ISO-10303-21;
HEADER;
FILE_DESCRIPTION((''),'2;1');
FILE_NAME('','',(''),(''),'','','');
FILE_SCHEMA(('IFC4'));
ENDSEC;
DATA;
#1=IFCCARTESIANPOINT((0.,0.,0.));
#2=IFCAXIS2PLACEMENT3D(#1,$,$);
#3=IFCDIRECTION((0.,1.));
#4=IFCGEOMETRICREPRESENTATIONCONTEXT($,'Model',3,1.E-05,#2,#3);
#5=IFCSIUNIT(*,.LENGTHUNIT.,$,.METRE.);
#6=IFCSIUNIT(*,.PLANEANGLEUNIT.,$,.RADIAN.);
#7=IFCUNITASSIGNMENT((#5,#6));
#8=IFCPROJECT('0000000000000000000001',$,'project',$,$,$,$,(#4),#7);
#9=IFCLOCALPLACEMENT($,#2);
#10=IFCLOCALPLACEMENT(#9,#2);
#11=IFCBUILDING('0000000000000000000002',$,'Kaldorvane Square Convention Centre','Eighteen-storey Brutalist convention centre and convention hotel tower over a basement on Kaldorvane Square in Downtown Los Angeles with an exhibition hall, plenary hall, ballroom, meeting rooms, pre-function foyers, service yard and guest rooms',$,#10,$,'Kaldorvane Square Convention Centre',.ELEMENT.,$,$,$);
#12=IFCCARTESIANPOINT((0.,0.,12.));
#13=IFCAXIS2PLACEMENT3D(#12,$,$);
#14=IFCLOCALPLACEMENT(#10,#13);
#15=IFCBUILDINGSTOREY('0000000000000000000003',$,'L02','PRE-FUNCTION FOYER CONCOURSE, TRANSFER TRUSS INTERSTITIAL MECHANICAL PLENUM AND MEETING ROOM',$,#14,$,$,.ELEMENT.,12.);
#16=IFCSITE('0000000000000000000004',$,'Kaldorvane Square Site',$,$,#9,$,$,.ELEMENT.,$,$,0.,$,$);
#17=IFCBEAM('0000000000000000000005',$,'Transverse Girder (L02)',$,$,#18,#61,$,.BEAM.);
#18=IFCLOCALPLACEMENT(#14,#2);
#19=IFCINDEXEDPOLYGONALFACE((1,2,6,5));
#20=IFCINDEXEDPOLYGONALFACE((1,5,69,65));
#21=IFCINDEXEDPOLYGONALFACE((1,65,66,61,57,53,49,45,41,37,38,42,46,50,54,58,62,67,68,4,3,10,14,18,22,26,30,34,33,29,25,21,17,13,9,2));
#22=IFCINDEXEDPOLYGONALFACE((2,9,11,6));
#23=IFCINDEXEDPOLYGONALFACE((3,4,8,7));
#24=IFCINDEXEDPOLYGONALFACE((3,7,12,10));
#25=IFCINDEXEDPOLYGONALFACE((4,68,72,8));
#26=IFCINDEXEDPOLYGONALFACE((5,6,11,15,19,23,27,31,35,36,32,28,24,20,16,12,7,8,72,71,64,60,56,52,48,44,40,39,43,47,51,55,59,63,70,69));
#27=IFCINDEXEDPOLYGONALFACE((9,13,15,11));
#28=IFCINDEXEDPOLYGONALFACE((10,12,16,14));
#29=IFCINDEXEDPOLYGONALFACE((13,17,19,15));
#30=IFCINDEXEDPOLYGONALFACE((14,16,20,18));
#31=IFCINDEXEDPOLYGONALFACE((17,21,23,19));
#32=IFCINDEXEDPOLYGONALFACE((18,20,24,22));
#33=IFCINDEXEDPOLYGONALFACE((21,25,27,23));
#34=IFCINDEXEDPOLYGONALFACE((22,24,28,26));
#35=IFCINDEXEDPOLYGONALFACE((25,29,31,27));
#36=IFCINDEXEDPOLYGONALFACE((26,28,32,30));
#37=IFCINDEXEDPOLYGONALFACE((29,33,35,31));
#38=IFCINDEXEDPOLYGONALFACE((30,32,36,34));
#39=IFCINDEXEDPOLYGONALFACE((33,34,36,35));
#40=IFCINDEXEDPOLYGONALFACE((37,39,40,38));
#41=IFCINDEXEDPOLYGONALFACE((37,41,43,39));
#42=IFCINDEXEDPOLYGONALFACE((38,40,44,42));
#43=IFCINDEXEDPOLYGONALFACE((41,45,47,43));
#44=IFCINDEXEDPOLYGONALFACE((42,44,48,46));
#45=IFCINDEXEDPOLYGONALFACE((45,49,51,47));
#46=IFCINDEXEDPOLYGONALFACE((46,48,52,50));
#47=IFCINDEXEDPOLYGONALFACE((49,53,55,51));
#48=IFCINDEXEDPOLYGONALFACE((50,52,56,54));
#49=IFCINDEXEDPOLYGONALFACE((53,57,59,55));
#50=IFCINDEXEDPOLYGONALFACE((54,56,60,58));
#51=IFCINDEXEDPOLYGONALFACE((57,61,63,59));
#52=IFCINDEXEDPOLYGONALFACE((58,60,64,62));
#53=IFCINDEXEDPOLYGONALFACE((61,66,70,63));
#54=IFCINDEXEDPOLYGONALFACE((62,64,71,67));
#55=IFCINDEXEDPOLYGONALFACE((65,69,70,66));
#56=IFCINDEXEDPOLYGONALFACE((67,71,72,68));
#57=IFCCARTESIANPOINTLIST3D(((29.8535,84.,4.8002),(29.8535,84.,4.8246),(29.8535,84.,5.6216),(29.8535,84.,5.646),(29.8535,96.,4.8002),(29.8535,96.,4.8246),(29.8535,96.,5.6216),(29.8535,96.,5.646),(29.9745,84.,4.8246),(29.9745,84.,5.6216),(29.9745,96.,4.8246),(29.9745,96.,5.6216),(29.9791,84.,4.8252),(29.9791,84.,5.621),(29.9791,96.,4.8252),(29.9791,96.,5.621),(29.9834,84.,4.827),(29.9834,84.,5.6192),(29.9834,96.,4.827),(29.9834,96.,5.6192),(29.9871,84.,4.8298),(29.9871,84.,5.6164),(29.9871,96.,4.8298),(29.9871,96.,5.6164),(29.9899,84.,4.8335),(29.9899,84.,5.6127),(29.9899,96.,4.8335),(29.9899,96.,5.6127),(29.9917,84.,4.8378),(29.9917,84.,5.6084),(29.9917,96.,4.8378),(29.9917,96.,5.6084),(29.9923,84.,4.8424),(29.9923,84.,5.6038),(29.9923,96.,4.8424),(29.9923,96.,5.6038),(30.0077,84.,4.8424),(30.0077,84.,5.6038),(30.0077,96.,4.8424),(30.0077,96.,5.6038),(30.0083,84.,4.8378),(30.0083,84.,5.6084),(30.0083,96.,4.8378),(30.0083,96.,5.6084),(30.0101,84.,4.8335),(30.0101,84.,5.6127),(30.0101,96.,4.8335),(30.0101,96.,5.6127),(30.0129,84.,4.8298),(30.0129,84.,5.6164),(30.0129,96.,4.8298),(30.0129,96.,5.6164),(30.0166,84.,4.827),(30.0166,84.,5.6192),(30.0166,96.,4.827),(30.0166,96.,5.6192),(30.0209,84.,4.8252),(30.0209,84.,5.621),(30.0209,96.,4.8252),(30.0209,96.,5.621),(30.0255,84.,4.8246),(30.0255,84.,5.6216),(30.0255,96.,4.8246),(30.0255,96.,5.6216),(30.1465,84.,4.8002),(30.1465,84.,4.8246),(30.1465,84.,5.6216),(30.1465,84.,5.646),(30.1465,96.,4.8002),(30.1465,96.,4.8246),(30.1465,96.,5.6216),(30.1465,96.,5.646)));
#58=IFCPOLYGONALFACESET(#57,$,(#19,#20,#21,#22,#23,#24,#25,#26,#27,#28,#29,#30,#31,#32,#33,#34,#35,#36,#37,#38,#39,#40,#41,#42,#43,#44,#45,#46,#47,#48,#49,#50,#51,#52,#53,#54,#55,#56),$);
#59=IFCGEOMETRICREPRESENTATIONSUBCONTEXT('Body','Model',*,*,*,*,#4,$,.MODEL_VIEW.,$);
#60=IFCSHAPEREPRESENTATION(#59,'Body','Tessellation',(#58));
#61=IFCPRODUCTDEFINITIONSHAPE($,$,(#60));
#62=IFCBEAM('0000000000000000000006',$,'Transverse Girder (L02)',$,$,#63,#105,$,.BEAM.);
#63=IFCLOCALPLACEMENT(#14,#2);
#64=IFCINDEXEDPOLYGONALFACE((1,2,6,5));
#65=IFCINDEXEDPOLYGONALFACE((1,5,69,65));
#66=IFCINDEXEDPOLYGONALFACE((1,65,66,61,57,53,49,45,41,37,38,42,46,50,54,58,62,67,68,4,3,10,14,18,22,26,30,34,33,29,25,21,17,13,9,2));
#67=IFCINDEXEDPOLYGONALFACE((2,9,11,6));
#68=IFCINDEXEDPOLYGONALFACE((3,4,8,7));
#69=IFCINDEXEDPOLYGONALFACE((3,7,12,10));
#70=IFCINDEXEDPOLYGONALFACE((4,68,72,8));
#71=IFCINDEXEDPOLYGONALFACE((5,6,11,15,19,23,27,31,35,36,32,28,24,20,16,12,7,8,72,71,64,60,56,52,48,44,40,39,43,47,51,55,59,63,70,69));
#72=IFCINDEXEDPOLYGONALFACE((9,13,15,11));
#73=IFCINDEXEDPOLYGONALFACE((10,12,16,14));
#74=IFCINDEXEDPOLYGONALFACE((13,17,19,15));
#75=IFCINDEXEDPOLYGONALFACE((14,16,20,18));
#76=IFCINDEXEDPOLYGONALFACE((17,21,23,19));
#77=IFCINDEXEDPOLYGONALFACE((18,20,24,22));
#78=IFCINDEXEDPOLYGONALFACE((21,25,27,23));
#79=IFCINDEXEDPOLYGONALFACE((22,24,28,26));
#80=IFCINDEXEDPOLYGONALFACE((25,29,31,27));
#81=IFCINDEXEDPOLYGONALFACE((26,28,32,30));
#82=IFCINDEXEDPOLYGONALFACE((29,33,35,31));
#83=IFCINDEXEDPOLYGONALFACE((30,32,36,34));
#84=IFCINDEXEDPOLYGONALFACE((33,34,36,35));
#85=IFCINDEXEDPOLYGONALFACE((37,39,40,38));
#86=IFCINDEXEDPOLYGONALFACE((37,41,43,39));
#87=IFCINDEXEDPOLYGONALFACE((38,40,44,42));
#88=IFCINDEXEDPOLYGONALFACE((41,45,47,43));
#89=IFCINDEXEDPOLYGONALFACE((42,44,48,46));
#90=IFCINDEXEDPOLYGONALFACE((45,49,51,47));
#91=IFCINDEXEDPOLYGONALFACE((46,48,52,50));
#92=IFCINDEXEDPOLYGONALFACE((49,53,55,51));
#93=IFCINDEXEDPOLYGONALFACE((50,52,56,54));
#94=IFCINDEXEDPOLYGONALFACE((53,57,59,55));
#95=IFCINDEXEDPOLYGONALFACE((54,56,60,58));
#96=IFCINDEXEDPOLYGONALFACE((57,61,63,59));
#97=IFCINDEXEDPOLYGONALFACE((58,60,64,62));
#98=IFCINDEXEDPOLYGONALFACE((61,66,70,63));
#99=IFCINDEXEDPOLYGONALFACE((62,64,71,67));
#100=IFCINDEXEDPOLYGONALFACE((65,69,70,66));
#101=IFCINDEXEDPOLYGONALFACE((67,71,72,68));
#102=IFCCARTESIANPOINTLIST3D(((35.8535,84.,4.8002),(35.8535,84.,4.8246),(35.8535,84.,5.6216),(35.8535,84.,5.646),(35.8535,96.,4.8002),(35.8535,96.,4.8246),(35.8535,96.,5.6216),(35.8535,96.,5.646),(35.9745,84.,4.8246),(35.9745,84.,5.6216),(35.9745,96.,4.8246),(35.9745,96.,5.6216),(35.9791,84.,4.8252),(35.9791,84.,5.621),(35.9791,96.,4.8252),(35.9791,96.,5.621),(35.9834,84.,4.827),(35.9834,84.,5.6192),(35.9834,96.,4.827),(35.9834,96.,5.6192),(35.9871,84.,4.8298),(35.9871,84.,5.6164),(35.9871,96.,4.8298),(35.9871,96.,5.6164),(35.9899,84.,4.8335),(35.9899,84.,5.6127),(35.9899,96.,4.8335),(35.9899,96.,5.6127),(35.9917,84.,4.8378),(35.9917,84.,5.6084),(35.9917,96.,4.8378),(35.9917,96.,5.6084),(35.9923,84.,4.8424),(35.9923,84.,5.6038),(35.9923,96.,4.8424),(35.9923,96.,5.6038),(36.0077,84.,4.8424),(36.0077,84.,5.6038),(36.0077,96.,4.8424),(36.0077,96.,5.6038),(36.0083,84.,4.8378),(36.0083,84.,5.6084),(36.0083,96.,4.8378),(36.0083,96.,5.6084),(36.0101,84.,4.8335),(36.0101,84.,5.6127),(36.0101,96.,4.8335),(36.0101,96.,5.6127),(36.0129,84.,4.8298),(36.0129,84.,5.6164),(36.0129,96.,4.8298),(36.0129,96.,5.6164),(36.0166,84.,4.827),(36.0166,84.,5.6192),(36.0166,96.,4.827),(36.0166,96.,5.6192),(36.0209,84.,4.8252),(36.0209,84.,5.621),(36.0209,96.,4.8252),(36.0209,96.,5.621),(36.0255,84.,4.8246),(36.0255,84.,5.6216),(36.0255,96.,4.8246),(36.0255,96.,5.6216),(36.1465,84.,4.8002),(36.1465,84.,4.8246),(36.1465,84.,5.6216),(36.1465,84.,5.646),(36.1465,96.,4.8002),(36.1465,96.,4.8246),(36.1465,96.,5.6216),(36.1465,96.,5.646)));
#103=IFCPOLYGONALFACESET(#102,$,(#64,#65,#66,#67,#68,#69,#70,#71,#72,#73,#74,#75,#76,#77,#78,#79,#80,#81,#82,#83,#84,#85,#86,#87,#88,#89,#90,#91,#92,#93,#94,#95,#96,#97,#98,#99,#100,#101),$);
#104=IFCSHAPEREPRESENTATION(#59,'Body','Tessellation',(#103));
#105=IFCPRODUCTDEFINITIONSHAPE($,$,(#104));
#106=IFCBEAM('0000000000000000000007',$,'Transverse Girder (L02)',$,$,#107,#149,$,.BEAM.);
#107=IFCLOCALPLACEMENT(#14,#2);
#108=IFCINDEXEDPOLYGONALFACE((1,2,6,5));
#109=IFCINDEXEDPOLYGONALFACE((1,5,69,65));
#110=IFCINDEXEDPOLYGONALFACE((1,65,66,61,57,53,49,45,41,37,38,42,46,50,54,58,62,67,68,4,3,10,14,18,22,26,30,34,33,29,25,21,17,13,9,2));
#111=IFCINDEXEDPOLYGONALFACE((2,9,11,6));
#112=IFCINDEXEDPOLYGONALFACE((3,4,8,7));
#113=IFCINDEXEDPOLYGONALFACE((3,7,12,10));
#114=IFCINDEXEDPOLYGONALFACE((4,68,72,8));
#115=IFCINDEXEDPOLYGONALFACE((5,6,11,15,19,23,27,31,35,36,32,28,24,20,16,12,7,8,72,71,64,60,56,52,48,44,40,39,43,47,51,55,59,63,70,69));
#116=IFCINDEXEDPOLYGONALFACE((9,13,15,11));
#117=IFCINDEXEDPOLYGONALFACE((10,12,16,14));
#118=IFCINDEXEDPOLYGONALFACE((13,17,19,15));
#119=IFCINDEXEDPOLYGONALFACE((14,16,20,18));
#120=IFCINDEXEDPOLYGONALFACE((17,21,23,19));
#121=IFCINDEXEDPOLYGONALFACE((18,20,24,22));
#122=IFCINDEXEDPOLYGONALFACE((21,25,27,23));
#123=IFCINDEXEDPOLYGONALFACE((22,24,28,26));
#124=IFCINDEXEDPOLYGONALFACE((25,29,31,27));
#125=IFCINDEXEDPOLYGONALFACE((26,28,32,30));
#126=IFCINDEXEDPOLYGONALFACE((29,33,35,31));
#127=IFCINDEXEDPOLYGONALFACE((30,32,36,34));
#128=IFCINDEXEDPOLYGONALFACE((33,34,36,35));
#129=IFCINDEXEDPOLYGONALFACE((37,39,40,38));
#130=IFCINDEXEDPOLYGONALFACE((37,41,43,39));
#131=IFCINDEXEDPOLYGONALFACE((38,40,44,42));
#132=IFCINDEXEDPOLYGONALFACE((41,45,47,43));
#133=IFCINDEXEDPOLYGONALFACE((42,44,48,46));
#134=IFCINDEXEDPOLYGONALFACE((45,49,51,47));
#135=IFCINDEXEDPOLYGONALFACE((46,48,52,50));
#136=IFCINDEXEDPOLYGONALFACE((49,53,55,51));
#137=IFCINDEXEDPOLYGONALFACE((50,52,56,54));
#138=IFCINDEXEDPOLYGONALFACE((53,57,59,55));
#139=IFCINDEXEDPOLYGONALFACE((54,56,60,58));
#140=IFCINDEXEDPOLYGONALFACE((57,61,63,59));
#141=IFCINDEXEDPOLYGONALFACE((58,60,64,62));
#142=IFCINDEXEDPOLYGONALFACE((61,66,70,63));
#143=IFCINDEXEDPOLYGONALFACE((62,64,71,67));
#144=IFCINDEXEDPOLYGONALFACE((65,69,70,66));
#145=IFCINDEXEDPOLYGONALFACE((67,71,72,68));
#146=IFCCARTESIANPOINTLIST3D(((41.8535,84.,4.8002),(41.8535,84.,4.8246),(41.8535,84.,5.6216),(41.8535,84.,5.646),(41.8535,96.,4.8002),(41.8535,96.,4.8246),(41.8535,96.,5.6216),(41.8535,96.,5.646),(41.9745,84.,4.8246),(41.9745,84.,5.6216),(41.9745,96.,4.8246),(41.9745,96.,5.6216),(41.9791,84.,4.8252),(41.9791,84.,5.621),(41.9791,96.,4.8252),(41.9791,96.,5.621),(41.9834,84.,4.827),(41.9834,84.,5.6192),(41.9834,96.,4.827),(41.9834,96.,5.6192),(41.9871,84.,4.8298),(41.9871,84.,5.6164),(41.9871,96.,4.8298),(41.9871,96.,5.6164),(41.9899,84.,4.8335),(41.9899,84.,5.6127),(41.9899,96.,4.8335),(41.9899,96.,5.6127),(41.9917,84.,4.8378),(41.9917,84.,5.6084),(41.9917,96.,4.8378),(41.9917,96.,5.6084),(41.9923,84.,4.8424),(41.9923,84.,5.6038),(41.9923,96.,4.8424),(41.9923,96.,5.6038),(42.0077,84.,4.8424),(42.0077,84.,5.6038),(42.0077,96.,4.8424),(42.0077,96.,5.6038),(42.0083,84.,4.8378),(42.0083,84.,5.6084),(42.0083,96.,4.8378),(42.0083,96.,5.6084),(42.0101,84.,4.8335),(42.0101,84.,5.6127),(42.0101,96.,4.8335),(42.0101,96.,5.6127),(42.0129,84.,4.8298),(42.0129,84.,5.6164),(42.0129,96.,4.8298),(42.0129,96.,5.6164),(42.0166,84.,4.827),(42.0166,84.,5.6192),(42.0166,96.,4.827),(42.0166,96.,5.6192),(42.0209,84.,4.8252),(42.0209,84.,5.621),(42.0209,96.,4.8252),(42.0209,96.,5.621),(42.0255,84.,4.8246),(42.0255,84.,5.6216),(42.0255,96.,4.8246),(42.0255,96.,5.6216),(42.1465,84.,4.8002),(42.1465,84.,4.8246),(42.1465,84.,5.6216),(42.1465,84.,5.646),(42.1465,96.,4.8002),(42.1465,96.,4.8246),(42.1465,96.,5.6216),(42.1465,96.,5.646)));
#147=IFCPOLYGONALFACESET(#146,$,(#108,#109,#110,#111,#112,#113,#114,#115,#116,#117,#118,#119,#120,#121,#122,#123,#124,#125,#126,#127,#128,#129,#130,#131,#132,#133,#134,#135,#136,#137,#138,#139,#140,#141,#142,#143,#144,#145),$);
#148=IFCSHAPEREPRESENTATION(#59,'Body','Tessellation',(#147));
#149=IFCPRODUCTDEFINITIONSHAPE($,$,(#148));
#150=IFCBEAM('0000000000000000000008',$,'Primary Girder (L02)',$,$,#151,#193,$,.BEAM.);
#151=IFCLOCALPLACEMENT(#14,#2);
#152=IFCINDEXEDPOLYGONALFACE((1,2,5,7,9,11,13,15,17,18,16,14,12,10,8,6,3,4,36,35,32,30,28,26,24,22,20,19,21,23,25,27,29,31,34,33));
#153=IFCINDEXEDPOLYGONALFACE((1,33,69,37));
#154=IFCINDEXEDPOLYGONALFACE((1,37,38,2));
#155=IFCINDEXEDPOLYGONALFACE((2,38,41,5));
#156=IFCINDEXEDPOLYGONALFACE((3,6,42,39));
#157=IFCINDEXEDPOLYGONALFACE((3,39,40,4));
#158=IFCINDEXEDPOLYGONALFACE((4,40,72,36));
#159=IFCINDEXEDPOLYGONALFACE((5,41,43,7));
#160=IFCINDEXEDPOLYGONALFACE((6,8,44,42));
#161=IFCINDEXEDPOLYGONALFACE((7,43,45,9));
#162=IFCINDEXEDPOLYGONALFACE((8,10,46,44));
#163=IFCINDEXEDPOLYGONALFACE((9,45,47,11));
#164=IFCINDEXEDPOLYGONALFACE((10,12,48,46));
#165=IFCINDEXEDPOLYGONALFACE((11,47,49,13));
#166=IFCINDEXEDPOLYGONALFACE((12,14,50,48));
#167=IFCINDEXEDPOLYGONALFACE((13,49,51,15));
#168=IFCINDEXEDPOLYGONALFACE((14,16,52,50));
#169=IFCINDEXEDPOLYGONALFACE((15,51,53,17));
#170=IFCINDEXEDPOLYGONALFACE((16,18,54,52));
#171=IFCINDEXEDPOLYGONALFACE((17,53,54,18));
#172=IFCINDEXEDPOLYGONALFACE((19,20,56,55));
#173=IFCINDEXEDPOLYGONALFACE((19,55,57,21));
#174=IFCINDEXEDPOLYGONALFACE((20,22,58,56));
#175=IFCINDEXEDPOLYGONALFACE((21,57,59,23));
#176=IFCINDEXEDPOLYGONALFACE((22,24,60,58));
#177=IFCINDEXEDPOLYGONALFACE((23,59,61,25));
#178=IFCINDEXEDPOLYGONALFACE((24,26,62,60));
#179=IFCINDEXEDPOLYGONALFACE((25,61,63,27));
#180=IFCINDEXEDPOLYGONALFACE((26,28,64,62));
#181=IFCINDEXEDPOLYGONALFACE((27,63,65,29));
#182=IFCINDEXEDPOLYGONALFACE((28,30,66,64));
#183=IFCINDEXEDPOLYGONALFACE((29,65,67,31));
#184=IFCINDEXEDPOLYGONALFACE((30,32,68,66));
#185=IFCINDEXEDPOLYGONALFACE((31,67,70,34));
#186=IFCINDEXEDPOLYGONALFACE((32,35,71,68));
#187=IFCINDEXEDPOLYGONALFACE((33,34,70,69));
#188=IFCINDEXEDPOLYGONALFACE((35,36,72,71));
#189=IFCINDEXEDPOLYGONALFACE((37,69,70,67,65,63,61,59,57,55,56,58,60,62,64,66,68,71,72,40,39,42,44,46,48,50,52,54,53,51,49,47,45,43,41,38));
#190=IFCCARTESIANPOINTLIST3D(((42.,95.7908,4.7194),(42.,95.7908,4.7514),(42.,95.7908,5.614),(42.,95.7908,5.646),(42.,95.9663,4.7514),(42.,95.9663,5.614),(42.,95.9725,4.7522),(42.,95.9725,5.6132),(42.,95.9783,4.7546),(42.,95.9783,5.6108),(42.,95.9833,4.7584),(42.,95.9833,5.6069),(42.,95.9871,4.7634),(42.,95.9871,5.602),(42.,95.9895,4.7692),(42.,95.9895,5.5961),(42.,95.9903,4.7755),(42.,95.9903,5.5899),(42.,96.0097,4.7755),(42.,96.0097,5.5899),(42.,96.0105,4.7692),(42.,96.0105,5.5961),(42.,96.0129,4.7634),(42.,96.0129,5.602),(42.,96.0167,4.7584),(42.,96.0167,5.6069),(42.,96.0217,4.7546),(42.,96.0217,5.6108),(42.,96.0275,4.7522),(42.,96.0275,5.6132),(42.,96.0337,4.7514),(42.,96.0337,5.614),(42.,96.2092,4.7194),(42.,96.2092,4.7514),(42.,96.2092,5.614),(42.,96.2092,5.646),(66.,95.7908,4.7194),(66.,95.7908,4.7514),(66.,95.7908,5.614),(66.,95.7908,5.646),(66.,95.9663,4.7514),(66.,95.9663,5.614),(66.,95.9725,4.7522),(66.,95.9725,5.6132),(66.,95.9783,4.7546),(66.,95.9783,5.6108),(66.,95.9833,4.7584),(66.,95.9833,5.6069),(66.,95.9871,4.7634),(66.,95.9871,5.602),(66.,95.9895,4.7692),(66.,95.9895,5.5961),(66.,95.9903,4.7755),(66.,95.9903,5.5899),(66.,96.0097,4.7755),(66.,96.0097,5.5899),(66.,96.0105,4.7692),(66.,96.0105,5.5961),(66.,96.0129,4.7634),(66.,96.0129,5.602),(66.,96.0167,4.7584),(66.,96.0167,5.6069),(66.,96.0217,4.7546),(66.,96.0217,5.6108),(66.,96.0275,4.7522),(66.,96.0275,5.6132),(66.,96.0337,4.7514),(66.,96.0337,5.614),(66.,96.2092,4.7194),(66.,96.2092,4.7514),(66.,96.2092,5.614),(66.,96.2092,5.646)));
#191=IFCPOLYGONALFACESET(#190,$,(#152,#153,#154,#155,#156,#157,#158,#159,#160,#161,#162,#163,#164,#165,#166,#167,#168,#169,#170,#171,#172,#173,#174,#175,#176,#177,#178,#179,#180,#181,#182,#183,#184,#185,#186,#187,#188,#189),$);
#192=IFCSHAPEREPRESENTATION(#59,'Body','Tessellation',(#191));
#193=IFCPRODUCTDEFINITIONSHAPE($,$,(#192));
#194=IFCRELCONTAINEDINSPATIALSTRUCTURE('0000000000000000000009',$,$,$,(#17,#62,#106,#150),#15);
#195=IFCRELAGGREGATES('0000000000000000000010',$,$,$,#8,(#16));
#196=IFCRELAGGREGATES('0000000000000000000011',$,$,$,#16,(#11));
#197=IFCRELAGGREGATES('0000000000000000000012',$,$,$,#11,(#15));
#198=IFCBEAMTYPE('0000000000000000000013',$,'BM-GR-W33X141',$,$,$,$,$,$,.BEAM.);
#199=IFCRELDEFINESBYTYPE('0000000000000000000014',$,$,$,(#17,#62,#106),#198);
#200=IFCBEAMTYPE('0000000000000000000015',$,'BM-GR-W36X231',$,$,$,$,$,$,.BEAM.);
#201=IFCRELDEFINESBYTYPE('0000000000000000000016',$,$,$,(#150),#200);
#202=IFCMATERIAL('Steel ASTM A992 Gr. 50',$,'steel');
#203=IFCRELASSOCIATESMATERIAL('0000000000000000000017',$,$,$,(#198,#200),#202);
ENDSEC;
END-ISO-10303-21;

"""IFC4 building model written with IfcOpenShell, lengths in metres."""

from ifc_helpers import new_model, si_unit, direction, frame, origin, origin_2d, place, context, subcontext, project, spatial, i_section, extrude, material, material_profile, profile_set, type_object, element, save


model = new_model("IFC4")

# Units and contexts
model_context = context("Model", 3, precision=1e-05, world=origin(), true_north=direction((0.0, 1.0)))
body_context = subcontext(model_context, "Body", "Model", "MODEL_VIEW")
ifc_project = project(units=[si_unit("LENGTHUNIT", "METRE"), si_unit("PLANEANGLEUNIT", "RADIAN")], contexts=[model_context])

# Site, building, storey
site_placement = place(None, origin())
site = spatial("IfcSite", under=ifc_project, at=site_placement, Name="Kaldorvane Square Site", CompositionType="ELEMENT", RefElevation=0.0)
building_placement = place(site_placement, origin())
building = spatial("IfcBuilding", under=site, at=building_placement, Name="Kaldorvane Square Convention Centre", Description="Eighteen-storey Brutalist convention centre and convention hotel tower over a basement on Kaldorvane Square in Downtown Los Angeles with an exhibition hall, plenary hall, ballroom, meeting rooms, pre-function foyers, service yard and guest rooms", LongName="Kaldorvane Square Convention Centre", CompositionType="ELEMENT")
storey_placement = place(building_placement, frame((0.0, 0.0, 12.0)))
storey = spatial("IfcBuildingStorey", under=building, at=storey_placement, Name="L02", Description="PRE-FUNCTION FOYER CONCOURSE, TRANSFER TRUSS INTERSTITIAL MECHANICAL PLENUM AND MEETING ROOM", CompositionType="ELEMENT", Elevation=12.0)

# Shared definitions
ifc_material_1 = material(Name="Steel ASTM A992 Gr. 50", Category="steel")

# Beams
ifc_material_profile_1 = material_profile(ifc_material_1, i_section(OverallWidth=0.293, OverallDepth=0.8458, WebThickness=0.0154, FlangeThickness=0.0244, FilletRadius=0.0178, at=origin_2d()), Name="W33X141")
ifc_profile_set_1 = profile_set([ifc_material_profile_1], Name="Steel ASTM A992 Gr. 50")
beam_type_1 = type_object("IfcBeamType", Name="BM-GR-W33X141", PredefinedType="BEAM", material=ifc_profile_set_1)
for number, where, z_axis, x_axis, name in (
    (1, (30.0, 84.0, 5.2231), (0.0, 1.0, 0.0), (-1.0, 0.0, 0.0), "Transverse Girder (L02)"),
    (2, (36.0, 84.0, 5.2231), (0.0, 1.0, 0.0), (-1.0, 0.0, 0.0), "Transverse Girder (L02)"),
    (3, (42.0, 84.0, 5.2231), (0.0, 1.0, 0.0), (-1.0, 0.0, 0.0), "Transverse Girder (L02)"),
):
    element("IfcBeam", number, at=place(storey_placement, frame(where, z_axis=z_axis, x_axis=x_axis)), inside=storey, type_object=beam_type_1, Name=name, PredefinedType="BEAM", context=body_context, shape_type="SweptSolid", body=[
        extrude(i_section(OverallWidth=0.293, OverallDepth=0.8458, WebThickness=0.0154, FlangeThickness=0.0244, FilletRadius=0.0178, at=origin_2d()), origin(), (0.0, 0.0, 1.0), 12.0),
    ])
ifc_material_profile_2 = material_profile(ifc_material_1, i_section(OverallWidth=0.4183, OverallDepth=0.9266, WebThickness=0.0193, FlangeThickness=0.032, FilletRadius=0.0241, at=origin_2d()), Name="W36X231")
ifc_profile_set_2 = profile_set([ifc_material_profile_2], Name="Steel ASTM A992 Gr. 50")
beam_type_2 = type_object("IfcBeamType", Name="BM-GR-W36X231", PredefinedType="BEAM", material=ifc_profile_set_2)
beam_1_placement = place(storey_placement, frame((42.0, 96.0, 5.1827), z_axis=(1.0, 0.0, 0.0), x_axis=(0.0, 1.0, 0.0)))
element("IfcBeam", 4, at=beam_1_placement, inside=storey, type_object=beam_type_2, Name="Primary Girder (L02)", PredefinedType="BEAM", context=body_context, shape_type="SweptSolid", body=[
    extrude(i_section(OverallWidth=0.4183, OverallDepth=0.9266, WebThickness=0.0193, FlangeThickness=0.032, FilletRadius=0.0241, at=origin_2d()), origin(), (0.0, 0.0, 1.0), 24.0),
])

save(model, "model.ifc")
